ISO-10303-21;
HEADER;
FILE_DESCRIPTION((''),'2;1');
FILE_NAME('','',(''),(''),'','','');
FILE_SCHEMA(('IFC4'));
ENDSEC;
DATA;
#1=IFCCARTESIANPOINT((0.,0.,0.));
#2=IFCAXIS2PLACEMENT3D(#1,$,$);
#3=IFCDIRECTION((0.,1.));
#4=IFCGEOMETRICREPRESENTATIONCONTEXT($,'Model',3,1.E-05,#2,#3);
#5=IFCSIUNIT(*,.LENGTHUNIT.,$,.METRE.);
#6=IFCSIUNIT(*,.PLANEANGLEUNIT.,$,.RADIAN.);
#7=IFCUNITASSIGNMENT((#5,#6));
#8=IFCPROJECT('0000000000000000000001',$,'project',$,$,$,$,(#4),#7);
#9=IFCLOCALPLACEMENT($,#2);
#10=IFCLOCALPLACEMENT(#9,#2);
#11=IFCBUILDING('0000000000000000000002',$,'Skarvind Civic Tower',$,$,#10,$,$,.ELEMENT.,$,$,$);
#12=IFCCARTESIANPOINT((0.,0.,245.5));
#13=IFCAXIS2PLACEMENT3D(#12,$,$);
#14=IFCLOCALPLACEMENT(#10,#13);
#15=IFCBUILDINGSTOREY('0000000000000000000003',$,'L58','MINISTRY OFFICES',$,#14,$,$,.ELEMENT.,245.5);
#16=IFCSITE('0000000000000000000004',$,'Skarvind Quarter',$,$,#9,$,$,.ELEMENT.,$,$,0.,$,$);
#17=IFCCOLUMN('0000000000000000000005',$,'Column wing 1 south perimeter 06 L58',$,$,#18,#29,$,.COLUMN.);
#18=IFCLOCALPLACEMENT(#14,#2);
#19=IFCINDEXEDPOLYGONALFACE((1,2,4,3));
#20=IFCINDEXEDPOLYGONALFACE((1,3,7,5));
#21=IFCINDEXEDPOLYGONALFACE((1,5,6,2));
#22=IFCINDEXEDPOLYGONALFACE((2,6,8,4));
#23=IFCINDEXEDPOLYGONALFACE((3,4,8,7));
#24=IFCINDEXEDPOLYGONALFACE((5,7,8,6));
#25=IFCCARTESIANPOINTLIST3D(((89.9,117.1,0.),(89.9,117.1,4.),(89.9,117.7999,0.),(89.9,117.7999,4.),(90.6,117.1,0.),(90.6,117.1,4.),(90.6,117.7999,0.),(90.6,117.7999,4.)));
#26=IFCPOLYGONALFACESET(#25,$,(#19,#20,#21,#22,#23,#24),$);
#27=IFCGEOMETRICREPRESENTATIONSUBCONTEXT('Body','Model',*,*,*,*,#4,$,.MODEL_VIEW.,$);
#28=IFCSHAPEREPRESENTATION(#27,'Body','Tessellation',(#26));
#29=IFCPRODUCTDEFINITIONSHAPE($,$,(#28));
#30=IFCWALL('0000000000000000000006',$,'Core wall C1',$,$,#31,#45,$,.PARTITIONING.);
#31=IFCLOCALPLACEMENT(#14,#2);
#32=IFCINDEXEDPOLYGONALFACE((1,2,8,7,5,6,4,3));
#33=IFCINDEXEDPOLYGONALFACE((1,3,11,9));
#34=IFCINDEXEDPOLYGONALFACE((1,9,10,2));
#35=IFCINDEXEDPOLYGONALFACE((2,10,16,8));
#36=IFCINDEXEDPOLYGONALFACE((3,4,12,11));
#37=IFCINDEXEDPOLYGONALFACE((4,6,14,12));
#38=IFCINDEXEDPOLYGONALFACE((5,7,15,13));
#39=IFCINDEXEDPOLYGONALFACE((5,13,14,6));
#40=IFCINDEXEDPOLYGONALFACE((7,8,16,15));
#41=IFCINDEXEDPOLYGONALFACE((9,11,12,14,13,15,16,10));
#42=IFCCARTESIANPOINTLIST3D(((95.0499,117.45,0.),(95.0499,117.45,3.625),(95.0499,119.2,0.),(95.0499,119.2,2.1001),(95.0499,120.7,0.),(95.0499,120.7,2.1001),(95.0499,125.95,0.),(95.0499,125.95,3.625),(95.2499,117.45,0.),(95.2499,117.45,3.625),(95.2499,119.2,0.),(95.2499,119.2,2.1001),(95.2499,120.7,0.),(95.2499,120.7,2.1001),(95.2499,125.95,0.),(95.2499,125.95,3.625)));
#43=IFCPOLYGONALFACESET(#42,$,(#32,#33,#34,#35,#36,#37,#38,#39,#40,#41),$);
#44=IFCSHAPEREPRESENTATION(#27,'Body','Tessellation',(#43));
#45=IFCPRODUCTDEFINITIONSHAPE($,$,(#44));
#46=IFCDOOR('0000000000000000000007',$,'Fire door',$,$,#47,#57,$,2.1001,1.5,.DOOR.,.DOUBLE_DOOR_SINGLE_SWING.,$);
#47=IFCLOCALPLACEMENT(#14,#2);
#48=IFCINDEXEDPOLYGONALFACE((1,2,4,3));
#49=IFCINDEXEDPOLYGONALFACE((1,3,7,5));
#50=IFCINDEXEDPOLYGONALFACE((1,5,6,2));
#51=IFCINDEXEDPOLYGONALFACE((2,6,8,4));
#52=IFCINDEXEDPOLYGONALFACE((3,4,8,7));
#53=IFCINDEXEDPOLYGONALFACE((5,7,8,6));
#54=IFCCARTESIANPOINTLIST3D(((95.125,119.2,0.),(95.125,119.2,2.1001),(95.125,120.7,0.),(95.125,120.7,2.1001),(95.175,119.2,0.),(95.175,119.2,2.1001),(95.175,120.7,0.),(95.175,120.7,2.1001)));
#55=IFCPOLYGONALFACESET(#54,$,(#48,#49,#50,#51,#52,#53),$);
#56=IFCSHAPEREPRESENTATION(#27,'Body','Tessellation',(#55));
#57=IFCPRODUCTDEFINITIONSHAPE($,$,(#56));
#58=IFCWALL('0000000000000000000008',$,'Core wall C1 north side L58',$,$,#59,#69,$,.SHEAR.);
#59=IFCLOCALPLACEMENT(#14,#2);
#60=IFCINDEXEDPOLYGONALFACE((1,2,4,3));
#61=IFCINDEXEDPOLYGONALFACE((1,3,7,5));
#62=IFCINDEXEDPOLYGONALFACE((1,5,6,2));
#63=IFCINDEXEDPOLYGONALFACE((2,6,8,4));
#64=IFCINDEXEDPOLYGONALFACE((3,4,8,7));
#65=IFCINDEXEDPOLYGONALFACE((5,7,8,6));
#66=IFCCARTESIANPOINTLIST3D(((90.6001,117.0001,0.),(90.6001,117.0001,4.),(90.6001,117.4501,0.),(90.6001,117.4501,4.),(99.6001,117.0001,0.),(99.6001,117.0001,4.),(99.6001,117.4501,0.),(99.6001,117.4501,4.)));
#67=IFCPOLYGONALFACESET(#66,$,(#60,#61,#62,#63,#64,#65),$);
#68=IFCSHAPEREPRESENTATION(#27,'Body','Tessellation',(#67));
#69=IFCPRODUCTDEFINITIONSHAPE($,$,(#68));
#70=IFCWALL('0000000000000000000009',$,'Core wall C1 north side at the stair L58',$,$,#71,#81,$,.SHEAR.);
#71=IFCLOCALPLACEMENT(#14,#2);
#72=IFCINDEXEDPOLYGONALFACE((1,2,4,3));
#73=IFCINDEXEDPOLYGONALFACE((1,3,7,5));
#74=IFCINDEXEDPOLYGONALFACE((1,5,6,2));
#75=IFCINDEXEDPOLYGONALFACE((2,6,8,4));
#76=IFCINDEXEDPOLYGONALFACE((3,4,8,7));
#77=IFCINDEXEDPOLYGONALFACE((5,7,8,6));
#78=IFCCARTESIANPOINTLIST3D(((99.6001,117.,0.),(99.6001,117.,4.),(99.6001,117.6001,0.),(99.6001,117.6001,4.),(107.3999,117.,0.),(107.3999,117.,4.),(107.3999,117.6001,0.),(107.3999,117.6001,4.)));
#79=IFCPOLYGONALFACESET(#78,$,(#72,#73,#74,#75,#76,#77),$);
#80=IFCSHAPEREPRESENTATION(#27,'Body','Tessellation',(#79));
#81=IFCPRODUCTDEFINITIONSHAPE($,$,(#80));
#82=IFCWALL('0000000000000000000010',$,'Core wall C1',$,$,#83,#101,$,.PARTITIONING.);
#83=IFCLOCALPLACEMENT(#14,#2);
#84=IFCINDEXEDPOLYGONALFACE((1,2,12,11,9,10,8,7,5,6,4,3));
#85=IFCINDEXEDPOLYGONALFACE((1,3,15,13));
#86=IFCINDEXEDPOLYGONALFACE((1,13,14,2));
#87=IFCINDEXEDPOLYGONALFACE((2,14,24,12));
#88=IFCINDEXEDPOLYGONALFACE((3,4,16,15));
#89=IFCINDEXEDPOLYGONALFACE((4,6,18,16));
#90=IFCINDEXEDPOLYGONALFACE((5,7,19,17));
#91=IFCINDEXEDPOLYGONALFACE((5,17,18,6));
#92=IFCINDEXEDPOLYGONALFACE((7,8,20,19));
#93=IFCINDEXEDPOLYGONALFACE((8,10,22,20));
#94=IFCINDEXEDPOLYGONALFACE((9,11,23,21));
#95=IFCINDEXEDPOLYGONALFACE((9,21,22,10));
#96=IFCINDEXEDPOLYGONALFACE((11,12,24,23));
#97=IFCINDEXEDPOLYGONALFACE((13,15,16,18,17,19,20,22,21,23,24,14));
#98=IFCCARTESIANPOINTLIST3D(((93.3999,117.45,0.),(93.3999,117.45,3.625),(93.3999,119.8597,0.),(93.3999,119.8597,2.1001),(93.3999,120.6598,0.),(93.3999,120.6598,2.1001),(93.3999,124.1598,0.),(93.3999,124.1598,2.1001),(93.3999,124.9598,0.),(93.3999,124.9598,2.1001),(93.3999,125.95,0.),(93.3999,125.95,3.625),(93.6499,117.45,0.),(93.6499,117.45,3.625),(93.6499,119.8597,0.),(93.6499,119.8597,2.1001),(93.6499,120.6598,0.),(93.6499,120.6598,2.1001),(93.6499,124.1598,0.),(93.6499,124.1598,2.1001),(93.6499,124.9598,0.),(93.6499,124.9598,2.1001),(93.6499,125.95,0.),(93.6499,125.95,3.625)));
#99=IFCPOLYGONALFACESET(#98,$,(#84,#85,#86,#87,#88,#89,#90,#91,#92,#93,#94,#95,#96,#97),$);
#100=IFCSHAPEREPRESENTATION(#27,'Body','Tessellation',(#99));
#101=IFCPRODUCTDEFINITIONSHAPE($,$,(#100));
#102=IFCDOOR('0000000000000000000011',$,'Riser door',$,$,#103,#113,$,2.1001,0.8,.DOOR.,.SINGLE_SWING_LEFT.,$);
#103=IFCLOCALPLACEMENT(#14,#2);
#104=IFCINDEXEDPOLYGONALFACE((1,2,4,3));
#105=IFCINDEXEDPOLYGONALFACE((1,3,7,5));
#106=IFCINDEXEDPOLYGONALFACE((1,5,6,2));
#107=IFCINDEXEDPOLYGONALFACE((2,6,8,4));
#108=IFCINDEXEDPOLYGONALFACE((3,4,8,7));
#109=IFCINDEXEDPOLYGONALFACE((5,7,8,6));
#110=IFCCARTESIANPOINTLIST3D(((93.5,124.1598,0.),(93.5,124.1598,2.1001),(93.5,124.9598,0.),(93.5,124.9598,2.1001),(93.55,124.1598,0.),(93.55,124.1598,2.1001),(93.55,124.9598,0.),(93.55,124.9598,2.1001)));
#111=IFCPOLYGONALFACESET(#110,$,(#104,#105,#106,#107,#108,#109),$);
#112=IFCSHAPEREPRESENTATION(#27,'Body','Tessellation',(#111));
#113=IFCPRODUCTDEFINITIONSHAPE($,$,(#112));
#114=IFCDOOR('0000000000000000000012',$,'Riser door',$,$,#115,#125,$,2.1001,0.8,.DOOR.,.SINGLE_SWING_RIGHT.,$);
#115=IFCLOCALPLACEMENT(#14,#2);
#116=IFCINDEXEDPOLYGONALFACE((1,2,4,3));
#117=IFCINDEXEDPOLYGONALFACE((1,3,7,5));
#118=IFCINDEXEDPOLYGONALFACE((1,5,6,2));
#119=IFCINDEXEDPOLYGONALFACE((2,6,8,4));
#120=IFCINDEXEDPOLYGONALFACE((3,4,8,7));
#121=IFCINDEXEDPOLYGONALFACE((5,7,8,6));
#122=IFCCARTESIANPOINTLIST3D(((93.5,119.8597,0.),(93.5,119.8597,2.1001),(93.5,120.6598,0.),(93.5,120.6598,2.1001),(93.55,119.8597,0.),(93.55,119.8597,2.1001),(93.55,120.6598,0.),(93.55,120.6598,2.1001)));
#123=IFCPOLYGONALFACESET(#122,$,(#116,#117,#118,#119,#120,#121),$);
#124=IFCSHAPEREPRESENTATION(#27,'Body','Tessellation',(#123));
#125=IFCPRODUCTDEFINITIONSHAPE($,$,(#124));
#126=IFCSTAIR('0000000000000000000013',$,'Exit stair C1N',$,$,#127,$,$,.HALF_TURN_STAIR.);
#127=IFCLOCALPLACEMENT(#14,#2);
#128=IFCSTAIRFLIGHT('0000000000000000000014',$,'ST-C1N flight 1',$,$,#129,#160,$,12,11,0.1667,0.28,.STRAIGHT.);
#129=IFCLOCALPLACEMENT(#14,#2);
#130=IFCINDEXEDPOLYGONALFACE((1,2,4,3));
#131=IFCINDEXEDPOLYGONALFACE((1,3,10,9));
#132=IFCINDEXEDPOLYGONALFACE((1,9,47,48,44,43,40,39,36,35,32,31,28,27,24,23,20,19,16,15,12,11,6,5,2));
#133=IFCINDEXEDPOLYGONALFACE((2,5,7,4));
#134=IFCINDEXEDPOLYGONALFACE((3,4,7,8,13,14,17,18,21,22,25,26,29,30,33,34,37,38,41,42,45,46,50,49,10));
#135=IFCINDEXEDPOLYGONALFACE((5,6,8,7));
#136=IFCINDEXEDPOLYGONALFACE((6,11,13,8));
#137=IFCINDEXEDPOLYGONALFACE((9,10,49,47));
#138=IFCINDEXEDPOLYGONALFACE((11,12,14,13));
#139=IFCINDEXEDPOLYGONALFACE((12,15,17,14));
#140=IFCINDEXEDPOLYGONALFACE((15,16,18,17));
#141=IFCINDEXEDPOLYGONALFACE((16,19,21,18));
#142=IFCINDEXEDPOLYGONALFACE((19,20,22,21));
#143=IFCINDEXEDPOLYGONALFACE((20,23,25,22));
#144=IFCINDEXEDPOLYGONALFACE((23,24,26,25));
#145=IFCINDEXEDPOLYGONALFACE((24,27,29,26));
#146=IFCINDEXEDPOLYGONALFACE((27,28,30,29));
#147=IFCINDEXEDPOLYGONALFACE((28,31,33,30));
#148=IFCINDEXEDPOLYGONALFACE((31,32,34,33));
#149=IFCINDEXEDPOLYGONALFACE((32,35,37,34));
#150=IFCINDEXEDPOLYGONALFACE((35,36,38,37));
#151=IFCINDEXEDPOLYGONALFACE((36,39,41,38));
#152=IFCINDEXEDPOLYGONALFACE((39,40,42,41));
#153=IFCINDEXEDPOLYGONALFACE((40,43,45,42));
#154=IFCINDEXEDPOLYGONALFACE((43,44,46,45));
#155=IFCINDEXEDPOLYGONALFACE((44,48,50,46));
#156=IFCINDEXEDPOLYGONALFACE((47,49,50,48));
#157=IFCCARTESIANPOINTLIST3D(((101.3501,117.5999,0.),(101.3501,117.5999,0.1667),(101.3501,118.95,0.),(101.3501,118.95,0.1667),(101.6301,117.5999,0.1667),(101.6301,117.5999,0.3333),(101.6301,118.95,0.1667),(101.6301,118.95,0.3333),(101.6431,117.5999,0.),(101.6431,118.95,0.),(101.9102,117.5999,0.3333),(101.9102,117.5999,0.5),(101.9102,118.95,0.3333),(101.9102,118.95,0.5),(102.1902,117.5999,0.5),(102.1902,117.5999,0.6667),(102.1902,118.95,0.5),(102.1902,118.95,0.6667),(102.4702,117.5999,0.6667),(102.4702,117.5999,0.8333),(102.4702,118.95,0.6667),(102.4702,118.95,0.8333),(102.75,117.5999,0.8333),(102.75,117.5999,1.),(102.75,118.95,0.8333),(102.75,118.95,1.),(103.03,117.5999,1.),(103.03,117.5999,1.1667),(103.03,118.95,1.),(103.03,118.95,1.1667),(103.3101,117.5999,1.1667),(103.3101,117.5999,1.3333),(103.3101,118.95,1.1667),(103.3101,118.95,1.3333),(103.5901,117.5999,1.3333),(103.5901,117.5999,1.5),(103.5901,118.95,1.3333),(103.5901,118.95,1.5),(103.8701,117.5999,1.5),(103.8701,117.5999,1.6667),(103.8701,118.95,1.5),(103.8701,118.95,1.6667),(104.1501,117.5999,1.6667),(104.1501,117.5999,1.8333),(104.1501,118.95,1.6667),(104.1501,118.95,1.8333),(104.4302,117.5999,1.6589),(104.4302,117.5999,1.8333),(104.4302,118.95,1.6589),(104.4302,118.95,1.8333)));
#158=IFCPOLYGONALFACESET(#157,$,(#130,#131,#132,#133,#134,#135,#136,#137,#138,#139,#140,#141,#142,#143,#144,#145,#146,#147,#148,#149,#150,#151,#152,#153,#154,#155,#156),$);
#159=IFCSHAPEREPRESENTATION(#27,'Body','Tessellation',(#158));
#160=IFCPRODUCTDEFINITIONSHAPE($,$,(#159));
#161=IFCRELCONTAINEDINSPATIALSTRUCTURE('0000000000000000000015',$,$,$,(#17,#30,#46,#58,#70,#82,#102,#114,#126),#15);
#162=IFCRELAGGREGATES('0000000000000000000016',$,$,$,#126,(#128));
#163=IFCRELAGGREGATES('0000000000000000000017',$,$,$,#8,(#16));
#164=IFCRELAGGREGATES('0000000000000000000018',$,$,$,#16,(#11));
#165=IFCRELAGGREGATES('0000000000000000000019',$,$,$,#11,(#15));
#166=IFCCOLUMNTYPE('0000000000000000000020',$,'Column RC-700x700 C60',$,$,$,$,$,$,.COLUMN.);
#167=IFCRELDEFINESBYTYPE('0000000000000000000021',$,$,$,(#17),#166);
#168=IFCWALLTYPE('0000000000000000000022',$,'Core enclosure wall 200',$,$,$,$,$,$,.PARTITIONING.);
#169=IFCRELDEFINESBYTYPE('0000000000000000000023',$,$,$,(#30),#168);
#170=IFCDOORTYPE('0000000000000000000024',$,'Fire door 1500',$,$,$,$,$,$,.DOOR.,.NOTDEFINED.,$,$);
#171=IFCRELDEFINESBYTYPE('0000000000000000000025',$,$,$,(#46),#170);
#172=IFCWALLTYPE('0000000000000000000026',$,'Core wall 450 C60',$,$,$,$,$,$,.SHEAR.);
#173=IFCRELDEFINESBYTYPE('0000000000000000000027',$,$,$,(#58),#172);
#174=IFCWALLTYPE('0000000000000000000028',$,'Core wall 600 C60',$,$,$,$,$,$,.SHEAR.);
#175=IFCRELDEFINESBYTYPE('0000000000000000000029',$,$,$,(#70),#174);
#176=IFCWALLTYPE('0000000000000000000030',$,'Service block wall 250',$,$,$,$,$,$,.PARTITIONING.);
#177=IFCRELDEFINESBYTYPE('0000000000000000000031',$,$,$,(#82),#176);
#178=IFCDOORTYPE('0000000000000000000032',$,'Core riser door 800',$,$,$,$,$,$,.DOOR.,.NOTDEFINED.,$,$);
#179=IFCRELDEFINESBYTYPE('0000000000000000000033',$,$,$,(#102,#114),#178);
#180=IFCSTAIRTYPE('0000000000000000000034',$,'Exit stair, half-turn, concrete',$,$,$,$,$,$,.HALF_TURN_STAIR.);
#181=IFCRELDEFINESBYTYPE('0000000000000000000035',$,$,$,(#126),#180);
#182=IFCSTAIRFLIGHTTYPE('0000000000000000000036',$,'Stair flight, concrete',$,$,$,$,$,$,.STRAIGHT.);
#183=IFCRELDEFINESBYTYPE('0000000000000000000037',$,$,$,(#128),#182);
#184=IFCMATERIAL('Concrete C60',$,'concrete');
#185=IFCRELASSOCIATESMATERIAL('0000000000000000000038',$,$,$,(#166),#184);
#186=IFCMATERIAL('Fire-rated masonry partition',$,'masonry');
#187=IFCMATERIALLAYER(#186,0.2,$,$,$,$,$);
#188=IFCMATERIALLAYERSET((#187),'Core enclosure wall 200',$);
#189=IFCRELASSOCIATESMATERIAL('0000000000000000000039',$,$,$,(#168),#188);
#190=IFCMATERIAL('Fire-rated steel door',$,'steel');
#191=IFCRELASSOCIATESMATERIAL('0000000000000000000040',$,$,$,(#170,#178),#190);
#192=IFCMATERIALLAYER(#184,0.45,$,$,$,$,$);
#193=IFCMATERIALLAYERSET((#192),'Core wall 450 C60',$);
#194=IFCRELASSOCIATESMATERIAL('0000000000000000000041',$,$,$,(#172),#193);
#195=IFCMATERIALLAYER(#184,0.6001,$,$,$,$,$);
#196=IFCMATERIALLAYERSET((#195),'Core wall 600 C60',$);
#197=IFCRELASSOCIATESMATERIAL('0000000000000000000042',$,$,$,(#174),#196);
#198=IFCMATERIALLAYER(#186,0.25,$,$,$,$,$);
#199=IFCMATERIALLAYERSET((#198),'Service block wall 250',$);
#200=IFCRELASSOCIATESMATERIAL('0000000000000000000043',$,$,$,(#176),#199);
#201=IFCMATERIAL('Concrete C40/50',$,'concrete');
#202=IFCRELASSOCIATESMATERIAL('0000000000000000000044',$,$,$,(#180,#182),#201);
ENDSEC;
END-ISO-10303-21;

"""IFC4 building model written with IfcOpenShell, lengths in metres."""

from ifc_helpers import new_model, si_unit, direction, frame, frame_2d, origin, origin_2d, place, context, subcontext, project, spatial, polyline, rectangle, outline, extrude, material, layer, layer_set, material_profile, profile_set, type_object, element, fill, aggregate, save


model = new_model("IFC4")

# Units and contexts
model_context = context("Model", 3, precision=1e-05, world=origin(), true_north=direction((0.0, 1.0)))
body_context = subcontext(model_context, "Body", "Model", "MODEL_VIEW")
ifc_project = project(units=[si_unit("LENGTHUNIT", "METRE"), si_unit("PLANEANGLEUNIT", "RADIAN")], contexts=[model_context])

# Site, building, storey
site_placement = place(None, origin())
site = spatial("IfcSite", under=ifc_project, at=site_placement, Name="Skarvind Quarter", CompositionType="ELEMENT", RefElevation=0.0)
building_placement = place(site_placement, origin())
building = spatial("IfcBuilding", under=site, at=building_placement, Name="Skarvind Civic Tower", CompositionType="ELEMENT")
storey_placement = place(building_placement, frame((0.0, 0.0, 245.5)))
storey = spatial("IfcBuildingStorey", under=building, at=storey_placement, Name="L58", Description="MINISTRY OFFICES", CompositionType="ELEMENT", Elevation=245.5)

# Column
ifc_material_1 = material(Name="Concrete C60", Category="concrete")
ifc_material_profile = material_profile(ifc_material_1, rectangle(XDim=0.7, YDim=0.7, at=origin_2d()), Name="RC-700x700")
ifc_profile_set = profile_set([ifc_material_profile], Name="Concrete C60")
column_type = type_object("IfcColumnType", Name="Column RC-700x700 C60", PredefinedType="COLUMN", material=ifc_profile_set)
column_placement = place(storey_placement, frame((90.25, 117.45, 0.0), z_axis=(0.0, 0.0, 1.0), x_axis=(1.0, 0.0, 0.0)))
element("IfcColumn", 1, at=column_placement, inside=storey, type_object=column_type, Name="Column wing 1 south perimeter 06 L58", PredefinedType="COLUMN", context=body_context, shape_type="SweptSolid", body=[
    extrude(rectangle(XDim=0.7, YDim=0.7, at=origin_2d()), origin(), (0.0, 0.0, 1.0), 4.0),
])

# Wall, opening, door
ifc_material_2 = material(Name="Fire-rated masonry partition", Category="masonry")
ifc_layer_1 = layer(ifc_material_2, 0.2)
ifc_layer_set_1 = layer_set([ifc_layer_1], Name="Core enclosure wall 200")
wall_type_1 = type_object("IfcWallType", Name="Core enclosure wall 200", PredefinedType="PARTITIONING", material=ifc_layer_set_1)
wall_1_placement = place(storey_placement, frame((95.1499, 117.45, 0.0), z_axis=(0.0, 0.0, 1.0), x_axis=(0.0, 1.0, 0.0)))
wall_1 = element("IfcWall", 2, at=wall_1_placement, inside=storey, type_object=wall_type_1, Name="Core wall C1", PredefinedType="PARTITIONING", context=body_context, shape_type="SweptSolid", body=[
    extrude(rectangle(XDim=8.5, YDim=0.2, at=frame_2d((4.25, 0.0))), origin(), (0.0, 0.0, 1.0), 3.625),
])
opening_1_placement = place(wall_1_placement, frame((1.75, 0.0, 0.0)))
opening_1 = element("IfcOpeningElement", 3, at=opening_1_placement, cuts=wall_1, PredefinedType="OPENING", context=body_context, shape_type="SweptSolid", body=[
    extrude(rectangle(XDim=1.5, YDim=2.1001, at=frame_2d((0.75, 1.05))), frame((0.0, 0.1099, 0.0), z_axis=(0.0, -1.0, 0.0), x_axis=(1.0, 0.0, 0.0)), (0.0, 0.0, 1.0), 0.22),
])
ifc_material_3 = material(Name="Fire-rated steel door", Category="steel")
door_type_1 = type_object("IfcDoorType", Name="Fire door 1500", OperationType="NOTDEFINED", PredefinedType="DOOR", material=ifc_material_3)
door_1_placement = place(opening_1_placement, origin())
door_1 = element("IfcDoor", 4, at=door_1_placement, inside=storey, type_object=door_type_1, Name="Fire door", OperationType="DOUBLE_DOOR_SINGLE_SWING", OverallHeight=2.1001, OverallWidth=1.5, PredefinedType="DOOR", context=body_context, shape_type="SweptSolid", body=[
    extrude(rectangle(XDim=1.5, YDim=2.1001, at=frame_2d((0.75, 1.05))), frame((0.0, 0.0249, 0.0), z_axis=(0.0, -1.0, 0.0), x_axis=(1.0, 0.0, 0.0)), (0.0, 0.0, 1.0), 0.05),
])
fill(opening_1, door_1)

# Walls
ifc_layer_2 = layer(ifc_material_1, 0.45)
ifc_layer_set_2 = layer_set([ifc_layer_2], Name="Core wall 450 C60")
wall_type_2 = type_object("IfcWallType", Name="Core wall 450 C60", PredefinedType="SHEAR", material=ifc_layer_set_2)
wall_2_placement = place(storey_placement, frame((99.6001, 117.2251, 0.0), z_axis=(0.0, 0.0, 1.0), x_axis=(-1.0, 0.0, 0.0)))
element("IfcWall", 5, at=wall_2_placement, inside=storey, type_object=wall_type_2, Name="Core wall C1 north side L58", PredefinedType="SHEAR", context=body_context, shape_type="SweptSolid", body=[
    extrude(rectangle(XDim=9.0, YDim=0.45, at=frame_2d((4.5, 0.0))), origin(), (0.0, 0.0, 1.0), 4.0),
])
ifc_layer_3 = layer(ifc_material_1, 0.6001)
ifc_layer_set_3 = layer_set([ifc_layer_3], Name="Core wall 600 C60")
wall_type_3 = type_object("IfcWallType", Name="Core wall 600 C60", PredefinedType="SHEAR", material=ifc_layer_set_3)
wall_3_placement = place(storey_placement, frame((107.3999, 117.3, 0.0), z_axis=(0.0, 0.0, 1.0), x_axis=(-1.0, 0.0, 0.0)))
element("IfcWall", 6, at=wall_3_placement, inside=storey, type_object=wall_type_3, Name="Core wall C1 north side at the stair L58", PredefinedType="SHEAR", context=body_context, shape_type="SweptSolid", body=[
    extrude(rectangle(XDim=7.7998, YDim=0.6001, at=frame_2d((3.8999, 0.0))), origin(), (0.0, 0.0, 1.0), 4.0),
])

# Wall, openings, doors
ifc_layer_4 = layer(ifc_material_2, 0.25)
ifc_layer_set_4 = layer_set([ifc_layer_4], Name="Service block wall 250")
wall_type_4 = type_object("IfcWallType", Name="Service block wall 250", PredefinedType="PARTITIONING", material=ifc_layer_set_4)
wall_4_placement = place(storey_placement, frame((93.5249, 117.45, 0.0), z_axis=(0.0, 0.0, 1.0), x_axis=(0.0, 1.0, 0.0)))
wall_4 = element("IfcWall", 7, at=wall_4_placement, inside=storey, type_object=wall_type_4, Name="Core wall C1", PredefinedType="PARTITIONING", context=body_context, shape_type="SweptSolid", body=[
    extrude(rectangle(XDim=8.5, YDim=0.25, at=frame_2d((4.25, 0.0))), origin(), (0.0, 0.0, 1.0), 3.625),
])
opening_2_placement = place(wall_4_placement, frame((6.71, 0.0, 0.0)))
opening_2 = element("IfcOpeningElement", 8, at=opening_2_placement, cuts=wall_4, PredefinedType="OPENING", context=body_context, shape_type="SweptSolid", body=[
    extrude(rectangle(XDim=0.8, YDim=2.1001, at=frame_2d((0.3999, 1.05))), frame((0.0, 0.135, 0.0), z_axis=(0.0, -1.0, 0.0), x_axis=(1.0, 0.0, 0.0)), (0.0, 0.0, 1.0), 0.27),
])
opening_3_placement = place(wall_4_placement, frame((2.4099, 0.0, 0.0)))
opening_3 = element("IfcOpeningElement", 9, at=opening_3_placement, cuts=wall_4, PredefinedType="OPENING", context=body_context, shape_type="SweptSolid", body=[
    extrude(rectangle(XDim=0.8, YDim=2.1001, at=frame_2d((0.3999, 1.05))), frame((0.0, 0.135, 0.0), z_axis=(0.0, -1.0, 0.0), x_axis=(1.0, 0.0, 0.0)), (0.0, 0.0, 1.0), 0.27),
])
door_type_2 = type_object("IfcDoorType", Name="Core riser door 800", OperationType="NOTDEFINED", PredefinedType="DOOR", material=ifc_material_3)
door_2_placement = place(opening_2_placement, origin())
door_2 = element("IfcDoor", 10, at=door_2_placement, inside=storey, type_object=door_type_2, Name="Riser door", OperationType="SINGLE_SWING_LEFT", OverallHeight=2.1001, OverallWidth=0.8, PredefinedType="DOOR", context=body_context, shape_type="SweptSolid", body=[
    extrude(rectangle(XDim=0.8, YDim=2.1001, at=frame_2d((0.3999, 1.05))), frame((0.0, 0.0249, 0.0), z_axis=(0.0, -1.0, 0.0), x_axis=(1.0, 0.0, 0.0)), (0.0, 0.0, 1.0), 0.05),
])
fill(opening_2, door_2)
door_3_placement = place(opening_3_placement, origin())
door_3 = element("IfcDoor", 11, at=door_3_placement, inside=storey, type_object=door_type_2, Name="Riser door", OperationType="SINGLE_SWING_RIGHT", OverallHeight=2.1001, OverallWidth=0.8, PredefinedType="DOOR", context=body_context, shape_type="SweptSolid", body=[
    extrude(rectangle(XDim=0.8, YDim=2.1001, at=frame_2d((0.3999, 1.05))), frame((0.0, 0.0249, 0.0), z_axis=(0.0, -1.0, 0.0), x_axis=(1.0, 0.0, 0.0)), (0.0, 0.0, 1.0), 0.05),
])
fill(opening_3, door_3)

# Stair, stair flight
ifc_material_4 = material(Name="Concrete C40/50", Category="concrete")
stair_type = type_object("IfcStairType", Name="Exit stair, half-turn, concrete", PredefinedType="HALF_TURN_STAIR", material=ifc_material_4)
stair_placement = place(storey_placement, origin())
stair = element("IfcStair", 12, at=stair_placement, inside=storey, type_object=stair_type, Name="Exit stair C1N", PredefinedType="HALF_TURN_STAIR")
stair_flight_type = type_object("IfcStairFlightType", Name="Stair flight, concrete", PredefinedType="STRAIGHT", material=ifc_material_4)
stair_flight_placement = place(storey_placement, frame((101.3501, 118.2749, 0.0), z_axis=(0.0, 0.0, 1.0), x_axis=(1.0, 0.0, 0.0)))
stair_flight = element("IfcStairFlight", 13, at=stair_flight_placement, type_object=stair_flight_type, Name="ST-C1N flight 1", NumberOfRisers=12, NumberOfTreads=11, PredefinedType="STRAIGHT", RiserHeight=0.1667, TreadLength=0.28, context=body_context, shape_type="SweptSolid", body=[
    extrude(outline(polyline([(0.0, 0.0), (0.0, 0.1667), (0.28, 0.1667), (0.28, 0.3333), (0.5601, 0.3333), (0.5601, 0.5), (0.8401, 0.5), (0.8401, 0.6667), (1.1201, 0.6667), (1.1201, 0.8333), (1.3999, 0.8333), (1.3999, 1.0), (1.6799, 1.0), (1.6799, 1.1667), (1.96, 1.1667), (1.96, 1.3333), (2.24, 1.3333), (2.24, 1.5), (2.52, 1.5), (2.52, 1.6667), (2.8, 1.6667), (2.8, 1.8333), (3.0801, 1.8333), (3.0801, 2.0), (3.0801, 1.6589), (0.293, 0.0), (0.0, 0.0)])), frame((0.0, 0.675, 0.0), z_axis=(0.0, -1.0, 0.0), x_axis=(1.0, 0.0, 0.0)), (0.0, 0.0, 1.0), 1.3501),
])
aggregate(stair, [stair_flight])

save(model, "model.ifc")
